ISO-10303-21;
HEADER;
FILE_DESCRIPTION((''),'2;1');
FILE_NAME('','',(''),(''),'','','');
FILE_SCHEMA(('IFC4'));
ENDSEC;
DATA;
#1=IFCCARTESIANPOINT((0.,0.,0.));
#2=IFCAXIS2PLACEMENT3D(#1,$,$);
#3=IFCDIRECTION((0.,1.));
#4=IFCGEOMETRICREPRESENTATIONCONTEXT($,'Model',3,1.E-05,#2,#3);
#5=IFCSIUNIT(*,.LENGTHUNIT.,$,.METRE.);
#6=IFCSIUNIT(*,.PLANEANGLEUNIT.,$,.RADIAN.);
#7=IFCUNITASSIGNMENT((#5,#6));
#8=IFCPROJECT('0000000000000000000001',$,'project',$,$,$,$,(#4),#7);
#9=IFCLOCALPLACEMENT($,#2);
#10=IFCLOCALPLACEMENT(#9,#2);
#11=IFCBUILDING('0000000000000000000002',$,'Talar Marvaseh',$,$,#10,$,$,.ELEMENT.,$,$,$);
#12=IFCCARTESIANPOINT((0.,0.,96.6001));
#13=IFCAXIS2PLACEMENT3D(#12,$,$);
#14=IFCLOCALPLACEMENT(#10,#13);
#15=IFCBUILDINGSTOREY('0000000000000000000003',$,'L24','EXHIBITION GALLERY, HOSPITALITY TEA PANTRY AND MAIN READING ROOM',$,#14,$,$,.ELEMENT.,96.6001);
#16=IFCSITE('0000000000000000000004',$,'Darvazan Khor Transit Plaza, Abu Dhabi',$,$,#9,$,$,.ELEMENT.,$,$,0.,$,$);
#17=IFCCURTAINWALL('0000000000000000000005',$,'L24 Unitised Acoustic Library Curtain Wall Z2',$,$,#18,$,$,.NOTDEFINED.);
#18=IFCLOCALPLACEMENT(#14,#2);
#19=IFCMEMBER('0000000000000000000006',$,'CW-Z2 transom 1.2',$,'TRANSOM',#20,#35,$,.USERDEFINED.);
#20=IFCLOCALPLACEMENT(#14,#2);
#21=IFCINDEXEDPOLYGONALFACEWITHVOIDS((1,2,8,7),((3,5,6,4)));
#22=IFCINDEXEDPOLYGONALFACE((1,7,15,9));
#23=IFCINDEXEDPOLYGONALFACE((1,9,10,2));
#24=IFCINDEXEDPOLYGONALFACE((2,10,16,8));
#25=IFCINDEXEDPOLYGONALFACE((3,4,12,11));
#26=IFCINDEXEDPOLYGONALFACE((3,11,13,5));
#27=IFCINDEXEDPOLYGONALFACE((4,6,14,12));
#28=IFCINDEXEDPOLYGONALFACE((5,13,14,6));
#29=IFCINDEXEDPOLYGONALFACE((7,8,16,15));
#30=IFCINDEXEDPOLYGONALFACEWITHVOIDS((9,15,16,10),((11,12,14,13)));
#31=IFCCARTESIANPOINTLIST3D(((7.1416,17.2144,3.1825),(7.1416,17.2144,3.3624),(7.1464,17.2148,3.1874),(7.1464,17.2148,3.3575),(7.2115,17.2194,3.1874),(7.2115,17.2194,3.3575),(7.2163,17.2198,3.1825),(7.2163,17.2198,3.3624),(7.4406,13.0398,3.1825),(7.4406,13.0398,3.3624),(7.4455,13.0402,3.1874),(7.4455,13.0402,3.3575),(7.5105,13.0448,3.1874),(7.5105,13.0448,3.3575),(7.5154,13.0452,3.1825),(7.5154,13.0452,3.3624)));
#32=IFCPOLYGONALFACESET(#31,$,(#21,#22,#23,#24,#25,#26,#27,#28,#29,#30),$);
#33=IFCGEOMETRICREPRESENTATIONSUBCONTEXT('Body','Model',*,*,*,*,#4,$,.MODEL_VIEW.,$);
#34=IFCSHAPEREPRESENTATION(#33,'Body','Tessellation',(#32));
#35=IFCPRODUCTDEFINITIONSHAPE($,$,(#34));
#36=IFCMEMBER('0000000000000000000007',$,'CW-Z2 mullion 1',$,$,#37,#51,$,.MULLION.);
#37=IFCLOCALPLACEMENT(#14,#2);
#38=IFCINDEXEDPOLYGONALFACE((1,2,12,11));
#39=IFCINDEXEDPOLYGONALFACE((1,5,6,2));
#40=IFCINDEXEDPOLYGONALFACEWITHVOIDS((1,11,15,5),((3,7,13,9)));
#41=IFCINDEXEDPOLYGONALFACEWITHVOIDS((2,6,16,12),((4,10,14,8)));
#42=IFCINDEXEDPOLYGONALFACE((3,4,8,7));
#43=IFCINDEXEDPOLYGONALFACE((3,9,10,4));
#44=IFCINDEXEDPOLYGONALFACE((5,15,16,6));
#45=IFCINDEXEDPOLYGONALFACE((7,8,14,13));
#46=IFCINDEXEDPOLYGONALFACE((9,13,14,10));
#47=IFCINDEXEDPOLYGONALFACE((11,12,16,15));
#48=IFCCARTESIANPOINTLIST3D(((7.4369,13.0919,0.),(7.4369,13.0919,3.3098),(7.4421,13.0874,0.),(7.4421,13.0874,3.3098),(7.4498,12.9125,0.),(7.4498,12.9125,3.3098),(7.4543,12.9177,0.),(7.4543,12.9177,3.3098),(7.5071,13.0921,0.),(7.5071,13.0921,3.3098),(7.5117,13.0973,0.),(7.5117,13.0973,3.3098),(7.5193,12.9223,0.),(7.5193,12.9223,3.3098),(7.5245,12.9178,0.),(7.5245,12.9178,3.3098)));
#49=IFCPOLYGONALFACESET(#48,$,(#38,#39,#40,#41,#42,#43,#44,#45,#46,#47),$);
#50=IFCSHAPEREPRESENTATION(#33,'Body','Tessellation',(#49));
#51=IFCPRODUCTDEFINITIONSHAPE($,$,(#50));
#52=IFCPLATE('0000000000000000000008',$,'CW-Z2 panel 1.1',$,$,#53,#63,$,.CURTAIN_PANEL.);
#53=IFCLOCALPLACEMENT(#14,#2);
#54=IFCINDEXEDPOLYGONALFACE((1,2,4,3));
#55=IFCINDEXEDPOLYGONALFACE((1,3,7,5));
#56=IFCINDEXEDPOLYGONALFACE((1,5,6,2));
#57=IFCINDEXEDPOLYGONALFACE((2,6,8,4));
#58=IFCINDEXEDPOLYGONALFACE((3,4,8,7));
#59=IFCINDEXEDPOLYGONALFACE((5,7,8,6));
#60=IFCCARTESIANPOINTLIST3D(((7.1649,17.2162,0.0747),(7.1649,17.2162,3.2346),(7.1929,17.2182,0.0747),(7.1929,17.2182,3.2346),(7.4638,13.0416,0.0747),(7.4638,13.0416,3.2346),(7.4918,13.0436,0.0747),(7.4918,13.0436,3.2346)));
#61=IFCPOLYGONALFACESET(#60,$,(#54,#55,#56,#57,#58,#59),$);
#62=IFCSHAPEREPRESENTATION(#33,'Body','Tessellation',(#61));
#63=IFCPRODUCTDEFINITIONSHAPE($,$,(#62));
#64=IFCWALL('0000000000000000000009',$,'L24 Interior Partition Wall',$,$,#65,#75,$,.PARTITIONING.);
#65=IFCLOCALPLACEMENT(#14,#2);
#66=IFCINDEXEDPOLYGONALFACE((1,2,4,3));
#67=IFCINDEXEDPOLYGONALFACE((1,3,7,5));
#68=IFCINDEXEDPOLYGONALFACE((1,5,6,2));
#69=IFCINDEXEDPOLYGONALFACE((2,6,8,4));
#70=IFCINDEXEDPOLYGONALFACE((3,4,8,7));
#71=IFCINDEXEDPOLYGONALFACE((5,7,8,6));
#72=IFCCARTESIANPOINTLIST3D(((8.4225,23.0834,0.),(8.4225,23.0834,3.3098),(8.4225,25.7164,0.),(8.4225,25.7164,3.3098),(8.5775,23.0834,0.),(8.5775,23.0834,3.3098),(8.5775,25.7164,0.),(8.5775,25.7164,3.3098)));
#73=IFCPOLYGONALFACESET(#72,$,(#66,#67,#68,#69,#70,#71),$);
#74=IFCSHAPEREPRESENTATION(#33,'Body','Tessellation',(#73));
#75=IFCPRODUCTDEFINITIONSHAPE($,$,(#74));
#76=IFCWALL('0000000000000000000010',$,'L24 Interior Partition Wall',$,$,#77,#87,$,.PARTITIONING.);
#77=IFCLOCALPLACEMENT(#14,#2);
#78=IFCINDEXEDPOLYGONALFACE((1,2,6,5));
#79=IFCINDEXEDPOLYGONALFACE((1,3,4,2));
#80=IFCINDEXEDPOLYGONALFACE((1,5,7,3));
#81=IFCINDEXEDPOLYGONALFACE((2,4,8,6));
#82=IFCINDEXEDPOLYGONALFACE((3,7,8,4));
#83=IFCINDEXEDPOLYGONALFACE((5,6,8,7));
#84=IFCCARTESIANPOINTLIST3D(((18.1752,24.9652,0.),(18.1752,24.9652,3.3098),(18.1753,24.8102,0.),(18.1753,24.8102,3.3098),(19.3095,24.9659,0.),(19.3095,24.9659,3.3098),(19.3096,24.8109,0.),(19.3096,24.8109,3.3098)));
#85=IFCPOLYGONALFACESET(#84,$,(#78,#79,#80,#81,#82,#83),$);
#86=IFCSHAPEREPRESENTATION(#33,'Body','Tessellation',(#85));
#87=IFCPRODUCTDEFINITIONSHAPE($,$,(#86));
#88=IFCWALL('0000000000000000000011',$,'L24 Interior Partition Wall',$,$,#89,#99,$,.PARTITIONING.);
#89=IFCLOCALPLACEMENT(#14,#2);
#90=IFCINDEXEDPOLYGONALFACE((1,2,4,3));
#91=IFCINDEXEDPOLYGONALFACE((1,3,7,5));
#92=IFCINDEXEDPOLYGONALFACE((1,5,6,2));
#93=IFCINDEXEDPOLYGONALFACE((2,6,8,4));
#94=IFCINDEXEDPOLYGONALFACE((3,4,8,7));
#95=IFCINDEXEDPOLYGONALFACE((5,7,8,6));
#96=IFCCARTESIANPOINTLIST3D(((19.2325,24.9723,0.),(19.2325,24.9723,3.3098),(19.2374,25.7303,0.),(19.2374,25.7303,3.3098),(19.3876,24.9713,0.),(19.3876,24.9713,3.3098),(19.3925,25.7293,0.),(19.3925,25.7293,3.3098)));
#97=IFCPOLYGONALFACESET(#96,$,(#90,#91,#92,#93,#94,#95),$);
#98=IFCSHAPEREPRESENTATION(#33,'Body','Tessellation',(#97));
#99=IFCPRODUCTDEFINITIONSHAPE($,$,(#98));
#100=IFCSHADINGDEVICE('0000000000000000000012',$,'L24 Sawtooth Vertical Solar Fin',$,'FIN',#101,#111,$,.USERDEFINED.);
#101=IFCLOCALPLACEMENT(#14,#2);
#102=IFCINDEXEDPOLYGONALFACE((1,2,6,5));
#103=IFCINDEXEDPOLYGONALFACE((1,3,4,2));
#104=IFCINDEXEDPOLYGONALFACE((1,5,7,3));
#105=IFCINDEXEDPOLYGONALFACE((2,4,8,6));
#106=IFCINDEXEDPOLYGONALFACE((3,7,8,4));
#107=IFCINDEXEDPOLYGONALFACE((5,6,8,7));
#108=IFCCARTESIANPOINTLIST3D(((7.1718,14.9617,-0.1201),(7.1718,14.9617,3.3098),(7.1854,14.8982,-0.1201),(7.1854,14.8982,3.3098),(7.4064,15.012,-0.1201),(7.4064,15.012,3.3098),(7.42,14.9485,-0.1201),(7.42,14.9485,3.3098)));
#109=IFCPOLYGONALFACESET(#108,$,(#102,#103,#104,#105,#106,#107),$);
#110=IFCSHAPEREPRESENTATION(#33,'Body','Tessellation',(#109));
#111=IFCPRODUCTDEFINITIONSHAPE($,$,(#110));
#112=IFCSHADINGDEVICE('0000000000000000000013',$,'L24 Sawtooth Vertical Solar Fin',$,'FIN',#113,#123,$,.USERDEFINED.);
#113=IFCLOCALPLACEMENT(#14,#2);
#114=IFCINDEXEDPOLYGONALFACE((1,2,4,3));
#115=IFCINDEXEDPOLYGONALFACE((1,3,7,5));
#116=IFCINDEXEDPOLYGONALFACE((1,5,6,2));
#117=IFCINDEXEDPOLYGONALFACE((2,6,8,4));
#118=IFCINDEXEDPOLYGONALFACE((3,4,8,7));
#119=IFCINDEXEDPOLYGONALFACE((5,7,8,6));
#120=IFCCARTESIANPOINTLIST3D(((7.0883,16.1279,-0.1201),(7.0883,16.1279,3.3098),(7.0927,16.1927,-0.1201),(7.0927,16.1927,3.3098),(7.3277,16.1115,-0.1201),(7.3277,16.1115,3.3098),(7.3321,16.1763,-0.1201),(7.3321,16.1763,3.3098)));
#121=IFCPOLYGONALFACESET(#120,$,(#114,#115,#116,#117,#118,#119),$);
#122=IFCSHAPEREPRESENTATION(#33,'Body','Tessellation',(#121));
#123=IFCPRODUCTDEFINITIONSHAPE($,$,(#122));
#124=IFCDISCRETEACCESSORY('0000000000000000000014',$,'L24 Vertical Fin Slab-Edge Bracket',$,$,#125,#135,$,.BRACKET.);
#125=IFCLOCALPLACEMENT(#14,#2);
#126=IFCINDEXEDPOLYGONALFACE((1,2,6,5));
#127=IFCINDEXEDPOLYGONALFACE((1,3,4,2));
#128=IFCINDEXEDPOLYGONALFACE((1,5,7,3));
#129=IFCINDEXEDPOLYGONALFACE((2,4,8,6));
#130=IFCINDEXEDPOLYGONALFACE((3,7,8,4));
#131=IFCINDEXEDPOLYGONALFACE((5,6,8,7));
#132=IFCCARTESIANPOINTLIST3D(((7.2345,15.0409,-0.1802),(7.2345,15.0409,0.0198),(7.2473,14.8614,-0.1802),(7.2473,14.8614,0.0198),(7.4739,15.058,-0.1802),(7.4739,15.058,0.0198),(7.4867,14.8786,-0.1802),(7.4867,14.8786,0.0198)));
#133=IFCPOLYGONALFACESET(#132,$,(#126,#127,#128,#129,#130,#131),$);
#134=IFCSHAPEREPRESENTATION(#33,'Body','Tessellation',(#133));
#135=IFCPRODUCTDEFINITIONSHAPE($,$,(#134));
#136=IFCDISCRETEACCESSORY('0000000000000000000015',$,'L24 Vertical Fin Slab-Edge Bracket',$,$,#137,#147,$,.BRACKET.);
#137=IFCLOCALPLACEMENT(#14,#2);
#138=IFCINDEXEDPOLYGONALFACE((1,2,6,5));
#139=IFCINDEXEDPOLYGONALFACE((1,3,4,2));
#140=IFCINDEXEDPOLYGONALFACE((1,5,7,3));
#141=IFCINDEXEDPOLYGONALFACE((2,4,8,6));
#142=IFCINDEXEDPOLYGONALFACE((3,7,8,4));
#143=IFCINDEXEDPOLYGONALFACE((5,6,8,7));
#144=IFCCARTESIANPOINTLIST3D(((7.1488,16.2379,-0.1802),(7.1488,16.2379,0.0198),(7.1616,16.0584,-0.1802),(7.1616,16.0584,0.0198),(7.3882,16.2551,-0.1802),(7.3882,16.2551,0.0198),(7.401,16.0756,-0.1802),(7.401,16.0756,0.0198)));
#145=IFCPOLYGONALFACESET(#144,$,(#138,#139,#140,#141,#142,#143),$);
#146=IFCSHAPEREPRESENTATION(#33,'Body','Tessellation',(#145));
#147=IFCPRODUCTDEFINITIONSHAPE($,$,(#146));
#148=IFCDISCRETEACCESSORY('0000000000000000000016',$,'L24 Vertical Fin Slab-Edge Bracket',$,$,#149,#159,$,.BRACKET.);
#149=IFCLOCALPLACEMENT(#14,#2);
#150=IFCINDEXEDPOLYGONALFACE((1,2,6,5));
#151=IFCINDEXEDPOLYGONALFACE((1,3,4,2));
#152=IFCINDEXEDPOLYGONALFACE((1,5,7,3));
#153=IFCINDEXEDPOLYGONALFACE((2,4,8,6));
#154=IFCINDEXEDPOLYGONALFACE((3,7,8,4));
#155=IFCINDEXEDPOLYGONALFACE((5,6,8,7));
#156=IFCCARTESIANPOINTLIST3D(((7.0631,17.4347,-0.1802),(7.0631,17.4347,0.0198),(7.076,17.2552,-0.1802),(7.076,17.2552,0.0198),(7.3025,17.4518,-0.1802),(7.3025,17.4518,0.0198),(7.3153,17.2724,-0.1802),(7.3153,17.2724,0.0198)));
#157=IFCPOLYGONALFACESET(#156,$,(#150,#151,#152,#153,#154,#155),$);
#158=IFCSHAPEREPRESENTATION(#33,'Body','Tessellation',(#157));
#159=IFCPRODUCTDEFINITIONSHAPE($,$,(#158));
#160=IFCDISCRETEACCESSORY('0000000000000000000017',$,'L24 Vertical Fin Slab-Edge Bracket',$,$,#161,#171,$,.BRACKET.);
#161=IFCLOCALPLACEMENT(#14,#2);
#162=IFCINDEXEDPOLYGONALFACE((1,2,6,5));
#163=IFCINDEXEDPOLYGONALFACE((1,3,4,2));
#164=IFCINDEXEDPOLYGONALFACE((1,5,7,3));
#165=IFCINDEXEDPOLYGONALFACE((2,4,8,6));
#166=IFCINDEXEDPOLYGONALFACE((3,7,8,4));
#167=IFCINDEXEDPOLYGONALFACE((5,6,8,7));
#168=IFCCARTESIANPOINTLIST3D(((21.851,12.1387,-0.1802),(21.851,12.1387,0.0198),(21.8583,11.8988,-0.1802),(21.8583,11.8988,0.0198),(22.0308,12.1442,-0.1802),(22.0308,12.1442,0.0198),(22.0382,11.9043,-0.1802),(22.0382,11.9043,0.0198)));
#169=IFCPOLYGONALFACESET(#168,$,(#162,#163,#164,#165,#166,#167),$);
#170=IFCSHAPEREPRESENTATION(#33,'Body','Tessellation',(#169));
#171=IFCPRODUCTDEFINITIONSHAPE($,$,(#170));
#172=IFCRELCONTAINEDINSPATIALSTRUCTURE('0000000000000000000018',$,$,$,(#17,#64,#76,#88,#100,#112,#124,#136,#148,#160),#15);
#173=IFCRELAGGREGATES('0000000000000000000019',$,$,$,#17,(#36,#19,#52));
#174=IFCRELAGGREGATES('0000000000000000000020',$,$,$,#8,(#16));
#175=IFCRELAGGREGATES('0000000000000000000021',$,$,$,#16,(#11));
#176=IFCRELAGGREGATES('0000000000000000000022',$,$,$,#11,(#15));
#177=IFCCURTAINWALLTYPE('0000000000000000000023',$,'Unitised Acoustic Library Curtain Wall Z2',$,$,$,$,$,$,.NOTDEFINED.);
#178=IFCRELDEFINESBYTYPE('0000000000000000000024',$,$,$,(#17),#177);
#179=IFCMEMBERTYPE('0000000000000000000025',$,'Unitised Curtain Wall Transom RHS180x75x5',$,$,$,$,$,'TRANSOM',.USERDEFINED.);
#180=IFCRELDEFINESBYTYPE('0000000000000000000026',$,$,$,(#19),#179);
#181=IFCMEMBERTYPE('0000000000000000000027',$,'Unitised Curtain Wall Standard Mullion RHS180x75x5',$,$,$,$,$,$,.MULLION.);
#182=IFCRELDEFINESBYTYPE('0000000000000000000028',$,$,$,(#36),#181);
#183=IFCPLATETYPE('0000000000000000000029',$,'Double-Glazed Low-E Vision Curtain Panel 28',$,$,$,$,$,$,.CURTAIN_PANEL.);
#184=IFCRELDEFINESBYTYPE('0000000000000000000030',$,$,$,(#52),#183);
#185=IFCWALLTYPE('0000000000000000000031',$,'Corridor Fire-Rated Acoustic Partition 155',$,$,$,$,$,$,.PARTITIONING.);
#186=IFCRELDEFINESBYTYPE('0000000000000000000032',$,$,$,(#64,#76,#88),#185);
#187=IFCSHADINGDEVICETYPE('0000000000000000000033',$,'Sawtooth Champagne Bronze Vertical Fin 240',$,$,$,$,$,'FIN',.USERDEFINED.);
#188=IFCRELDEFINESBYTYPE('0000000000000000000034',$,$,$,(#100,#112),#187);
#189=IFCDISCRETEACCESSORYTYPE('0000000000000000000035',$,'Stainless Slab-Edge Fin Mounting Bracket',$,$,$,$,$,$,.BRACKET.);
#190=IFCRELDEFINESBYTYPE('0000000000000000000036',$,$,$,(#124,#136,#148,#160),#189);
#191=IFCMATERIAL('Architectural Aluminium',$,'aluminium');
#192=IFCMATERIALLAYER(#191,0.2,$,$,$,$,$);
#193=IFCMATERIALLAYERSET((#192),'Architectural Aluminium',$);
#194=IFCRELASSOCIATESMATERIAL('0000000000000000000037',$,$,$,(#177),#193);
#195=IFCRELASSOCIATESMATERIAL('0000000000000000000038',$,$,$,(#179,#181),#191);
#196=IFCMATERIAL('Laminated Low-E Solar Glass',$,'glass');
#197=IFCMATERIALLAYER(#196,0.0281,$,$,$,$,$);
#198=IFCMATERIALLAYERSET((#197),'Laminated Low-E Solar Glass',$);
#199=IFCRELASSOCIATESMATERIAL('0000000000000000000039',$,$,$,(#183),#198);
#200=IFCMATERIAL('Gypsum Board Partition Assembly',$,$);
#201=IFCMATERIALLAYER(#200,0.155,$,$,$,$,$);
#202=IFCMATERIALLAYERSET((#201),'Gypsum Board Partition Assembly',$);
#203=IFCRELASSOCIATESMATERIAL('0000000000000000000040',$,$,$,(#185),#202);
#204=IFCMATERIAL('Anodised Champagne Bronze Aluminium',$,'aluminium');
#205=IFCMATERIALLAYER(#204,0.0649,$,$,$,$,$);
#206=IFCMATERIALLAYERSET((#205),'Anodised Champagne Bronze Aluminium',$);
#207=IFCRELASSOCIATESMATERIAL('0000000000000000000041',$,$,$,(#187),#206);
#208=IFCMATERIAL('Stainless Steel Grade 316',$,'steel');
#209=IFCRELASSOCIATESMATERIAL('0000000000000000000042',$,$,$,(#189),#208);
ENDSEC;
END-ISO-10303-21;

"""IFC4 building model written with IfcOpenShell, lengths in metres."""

from ifc_helpers import new_model, si_unit, direction, frame, frame_2d, origin, origin_2d, place, context, subcontext, project, spatial, rectangle, hollow_rectangle, extrude, source, transform, mapped, material, layer, layer_set, material_profile, profile_set, type_object, type_shapes, element, aggregate, save


model = new_model("IFC4")

# Units and contexts
model_context = context("Model", 3, precision=1e-05, world=origin(), true_north=direction((0.0, 1.0)))
body_context = subcontext(model_context, "Body", "Model", "MODEL_VIEW")
ifc_project = project(units=[si_unit("LENGTHUNIT", "METRE"), si_unit("PLANEANGLEUNIT", "RADIAN")], contexts=[model_context])

# Site, building, storey
site_placement = place(None, origin())
site = spatial("IfcSite", under=ifc_project, at=site_placement, Name="Darvazan Khor Transit Plaza, Abu Dhabi", CompositionType="ELEMENT", RefElevation=0.0)
building_placement = place(site_placement, origin())
building = spatial("IfcBuilding", under=site, at=building_placement, Name="Talar Marvaseh", CompositionType="ELEMENT")
storey_placement = place(building_placement, frame((0.0, 0.0, 96.6001)))
storey = spatial("IfcBuildingStorey", under=building, at=storey_placement, Name="L24", Description="EXHIBITION GALLERY, HOSPITALITY TEA PANTRY AND MAIN READING ROOM", CompositionType="ELEMENT", Elevation=96.6001)

# Curtain wall, members, plate
ifc_material_1 = material(Name="Architectural Aluminium", Category="aluminium")
ifc_layer_1 = layer(ifc_material_1, 0.2)
ifc_layer_set_1 = layer_set([ifc_layer_1], Name="Architectural Aluminium")
curtain_wall_type = type_object("IfcCurtainWallType", Name="Unitised Acoustic Library Curtain Wall Z2", PredefinedType="NOTDEFINED", material=ifc_layer_set_1)
curtain_wall_placement = place(storey_placement, origin())
curtain_wall = element("IfcCurtainWall", 1, at=curtain_wall_placement, inside=storey, type_object=curtain_wall_type, Name="L24 Unitised Acoustic Library Curtain Wall Z2", PredefinedType="NOTDEFINED")
ifc_material_profile_1 = material_profile(ifc_material_1, hollow_rectangle(XDim=0.075, YDim=0.1799, WallThickness=0.0049, at=origin_2d()), Name="RHS180x75x5")
ifc_profile_set_1 = profile_set([ifc_material_profile_1], Name="Architectural Aluminium")
member_type_1 = type_object("IfcMemberType", Name="Unitised Curtain Wall Transom RHS180x75x5", ElementType="TRANSOM", PredefinedType="USERDEFINED", material=ifc_profile_set_1)
shared_shape_1 = source(origin(), body_context, "Body", "SweptSolid", [
    extrude(hollow_rectangle(XDim=0.075, YDim=0.1799, WallThickness=0.0049, at=origin_2d()), origin(), (0.0, 0.0, 1.0), 4.1853),
])
type_shapes(member_type_1, [shared_shape_1])
member_1_placement = place(storey_placement, frame((7.478, 13.0425, 3.2725), z_axis=(-0.071458, 0.997444, 0.0), x_axis=(-0.997444, -0.071458, 0.0)))
member_1 = element("IfcMember", 2, at=member_1_placement, type_object=member_type_1, Name="CW-Z2 transom 1.2", ObjectType="TRANSOM", PredefinedType="USERDEFINED", context=body_context, shape_type="MappedRepresentation", body=[
    mapped(shared_shape_1, transform((0.0, 0.0, 0.0), x_axis=(1.0, 0.0, 0.0), y_axis=(0.0, 1.0, 0.0), z_axis=(0.0, 0.0, 1.0), scale=1.0)),
])
ifc_material_profile_2 = material_profile(ifc_material_1, hollow_rectangle(XDim=0.075, YDim=0.1799, WallThickness=0.0049, at=origin_2d()), Name="RHS180x75x5")
ifc_profile_set_2 = profile_set([ifc_material_profile_2], Name="Architectural Aluminium")
member_type_2 = type_object("IfcMemberType", Name="Unitised Curtain Wall Standard Mullion RHS180x75x5", PredefinedType="MULLION", material=ifc_profile_set_2)
shared_shape_2 = source(origin(), body_context, "Body", "SweptSolid", [
    extrude(hollow_rectangle(XDim=0.075, YDim=0.1799, WallThickness=0.0049, at=origin_2d()), origin(), (0.0, 0.0, 1.0), 3.3098),
])
type_shapes(member_type_2, [shared_shape_2])
member_2_placement = place(storey_placement, frame((7.4807, 13.0049, 0.0), z_axis=(0.0, 0.0, 1.0), x_axis=(-0.997446, -0.07143, 0.0)))
member_2 = element("IfcMember", 3, at=member_2_placement, type_object=member_type_2, Name="CW-Z2 mullion 1", PredefinedType="MULLION", context=body_context, shape_type="MappedRepresentation", body=[
    mapped(shared_shape_2, transform((0.0, 0.0, 0.0), x_axis=(1.0, 0.0, 0.0), y_axis=(0.0, 1.0, 0.0), z_axis=(0.0, 0.0, 1.0), scale=1.0)),
])
ifc_material_2 = material(Name="Laminated Low-E Solar Glass", Category="glass")
ifc_layer_2 = layer(ifc_material_2, 0.0281)
ifc_layer_set_2 = layer_set([ifc_layer_2], Name="Laminated Low-E Solar Glass")
plate_type = type_object("IfcPlateType", Name="Double-Glazed Low-E Vision Curtain Panel 28", PredefinedType="CURTAIN_PANEL", material=ifc_layer_set_2)
shared_shape_3 = source(origin(), body_context, "Body", "SweptSolid", [
    extrude(rectangle(XDim=4.1853, YDim=0.0281, at=origin_2d()), origin(), (0.0, 0.0, 1.0), 3.1599),
])
type_shapes(plate_type, [shared_shape_3])
plate_placement = place(storey_placement, frame((7.3284, 15.1299, 0.0747), z_axis=(0.0, 0.0, 1.0), x_axis=(-0.07143, 0.997446, 0.0)))
plate = element("IfcPlate", 4, at=plate_placement, type_object=plate_type, Name="CW-Z2 panel 1.1", PredefinedType="CURTAIN_PANEL", context=body_context, shape_type="MappedRepresentation", body=[
    mapped(shared_shape_3, transform((0.0, 0.0, 0.0), x_axis=(1.0, 0.0, 0.0), y_axis=(0.0, 1.0, 0.0), z_axis=(0.0, 0.0, 1.0), scale=1.0)),
])
aggregate(curtain_wall, [member_2, member_1, plate])

# Walls
ifc_material_3 = material(Name="Gypsum Board Partition Assembly")
ifc_layer_3 = layer(ifc_material_3, 0.155)
ifc_layer_set_3 = layer_set([ifc_layer_3], Name="Gypsum Board Partition Assembly")
wall_type = type_object("IfcWallType", Name="Corridor Fire-Rated Acoustic Partition 155", PredefinedType="PARTITIONING", material=ifc_layer_set_3)
wall_1_placement = place(storey_placement, frame((8.5, 23.0835, 0.0), z_axis=(0.0, 0.0, 1.0), x_axis=(0.0, 1.0, 0.0)))
element("IfcWall", 5, at=wall_1_placement, inside=storey, type_object=wall_type, Name="L24 Interior Partition Wall", PredefinedType="PARTITIONING", context=body_context, shape_type="SweptSolid", body=[
    extrude(rectangle(XDim=2.6331, YDim=0.155, at=frame_2d((1.3164, 0.0))), origin(), (0.0, 0.0, 1.0), 3.3098),
])
wall_2_placement = place(storey_placement, frame((18.1753, 24.8877, 0.0), z_axis=(0.0, 0.0, 1.0), x_axis=(1.0, 0.000646, 0.0)))
element("IfcWall", 6, at=wall_2_placement, inside=storey, type_object=wall_type, Name="L24 Interior Partition Wall", PredefinedType="PARTITIONING", context=body_context, shape_type="SweptSolid", body=[
    extrude(rectangle(XDim=1.1343, YDim=0.155, at=frame_2d((0.5671, 0.0))), origin(), (0.0, 0.0, 1.0), 3.3098),
])
wall_3_placement = place(storey_placement, frame((19.3101, 24.9719, 0.0), z_axis=(0.0, 0.0, 1.0), x_axis=(0.006441, 0.999979, 0.0)))
element("IfcWall", 7, at=wall_3_placement, inside=storey, type_object=wall_type, Name="L24 Interior Partition Wall", PredefinedType="PARTITIONING", context=body_context, shape_type="SweptSolid", body=[
    extrude(rectangle(XDim=0.7581, YDim=0.155, at=frame_2d((0.3789, 0.0))), origin(), (0.0, 0.0, 1.0), 3.3098),
])

# Shading devices
ifc_material_4 = material(Name="Anodised Champagne Bronze Aluminium", Category="aluminium")
ifc_layer_4 = layer(ifc_material_4, 0.0649)
ifc_layer_set_4 = layer_set([ifc_layer_4], Name="Anodised Champagne Bronze Aluminium")
shading_device_type = type_object("IfcShadingDeviceType", Name="Sawtooth Champagne Bronze Vertical Fin 240", ElementType="FIN", PredefinedType="USERDEFINED", material=ifc_layer_set_4)
shared_shape_4 = source(origin(), body_context, "Body", "SweptSolid", [
    extrude(rectangle(XDim=0.24, YDim=0.0649, at=origin_2d()), origin(), (0.0, 0.0, 1.0), 3.4299),
])
type_shapes(shading_device_type, [shared_shape_4])
for number, where, z_axis, x_axis, name in (
    (8, (7.2959, 14.9551, -0.1201), (0.0, 0.0, 1.0), (-0.977783, -0.209619, 0.0), "L24 Sawtooth Vertical Solar Fin"),
    (9, (7.2102, 16.1521, -0.1201), (0.0, 0.0, 1.0), (-0.997684, 0.068015, 0.0), "L24 Sawtooth Vertical Solar Fin"),
):
    element("IfcShadingDevice", number, at=place(storey_placement, frame(where, z_axis=z_axis, x_axis=x_axis)), inside=storey, type_object=shading_device_type, Name=name, ObjectType="FIN", PredefinedType="USERDEFINED", context=body_context, shape_type="MappedRepresentation", body=[
        mapped(shared_shape_4, transform((0.0, 0.0, 0.0), x_axis=(1.0, 0.0, 0.0), y_axis=(0.0, 1.0, 0.0), z_axis=(0.0, 0.0, 1.0), scale=1.0)),
    ])

# Discrete accessories
ifc_material_5 = material(Name="Stainless Steel Grade 316", Category="steel")
discrete_accessory_type = type_object("IfcDiscreteAccessoryType", Name="Stainless Slab-Edge Fin Mounting Bracket", PredefinedType="BRACKET", material=ifc_material_5)
shared_shape_5 = source(origin(), body_context, "Body", "SweptSolid", [
    extrude(rectangle(XDim=0.24, YDim=0.1799, at=origin_2d()), origin(), (0.0, 0.0, 1.0), 0.2),
])
type_shapes(discrete_accessory_type, [shared_shape_5])
for number, where, z_axis, x_axis, name in (
    (10, (7.3606, 14.9597, -0.1802), (0.0, 0.0, 1.0), (-0.997441, -0.071497, 0.0), "L24 Vertical Fin Slab-Edge Bracket"),
    (11, (7.2749, 16.1567, -0.1802), (0.0, 0.0, 1.0), (-0.997441, -0.071497, 0.0), "L24 Vertical Fin Slab-Edge Bracket"),
    (12, (7.1892, 17.3535, -0.1802), (0.0, 0.0, 1.0), (-0.997441, -0.071497, 0.0), "L24 Vertical Fin Slab-Edge Bracket"),
    (13, (21.9446, 12.0215, -0.1802), (0.0, 0.0, 1.0), (0.030713, -0.999528, 0.0), "L24 Vertical Fin Slab-Edge Bracket"),
):
    element("IfcDiscreteAccessory", number, at=place(storey_placement, frame(where, z_axis=z_axis, x_axis=x_axis)), inside=storey, type_object=discrete_accessory_type, Name=name, PredefinedType="BRACKET", context=body_context, shape_type="MappedRepresentation", body=[
        mapped(shared_shape_5, transform((0.0, 0.0, 0.0), x_axis=(1.0, 0.0, 0.0), y_axis=(0.0, 1.0, 0.0), z_axis=(0.0, 0.0, 1.0), scale=1.0)),
    ])

save(model, "model.ifc")
